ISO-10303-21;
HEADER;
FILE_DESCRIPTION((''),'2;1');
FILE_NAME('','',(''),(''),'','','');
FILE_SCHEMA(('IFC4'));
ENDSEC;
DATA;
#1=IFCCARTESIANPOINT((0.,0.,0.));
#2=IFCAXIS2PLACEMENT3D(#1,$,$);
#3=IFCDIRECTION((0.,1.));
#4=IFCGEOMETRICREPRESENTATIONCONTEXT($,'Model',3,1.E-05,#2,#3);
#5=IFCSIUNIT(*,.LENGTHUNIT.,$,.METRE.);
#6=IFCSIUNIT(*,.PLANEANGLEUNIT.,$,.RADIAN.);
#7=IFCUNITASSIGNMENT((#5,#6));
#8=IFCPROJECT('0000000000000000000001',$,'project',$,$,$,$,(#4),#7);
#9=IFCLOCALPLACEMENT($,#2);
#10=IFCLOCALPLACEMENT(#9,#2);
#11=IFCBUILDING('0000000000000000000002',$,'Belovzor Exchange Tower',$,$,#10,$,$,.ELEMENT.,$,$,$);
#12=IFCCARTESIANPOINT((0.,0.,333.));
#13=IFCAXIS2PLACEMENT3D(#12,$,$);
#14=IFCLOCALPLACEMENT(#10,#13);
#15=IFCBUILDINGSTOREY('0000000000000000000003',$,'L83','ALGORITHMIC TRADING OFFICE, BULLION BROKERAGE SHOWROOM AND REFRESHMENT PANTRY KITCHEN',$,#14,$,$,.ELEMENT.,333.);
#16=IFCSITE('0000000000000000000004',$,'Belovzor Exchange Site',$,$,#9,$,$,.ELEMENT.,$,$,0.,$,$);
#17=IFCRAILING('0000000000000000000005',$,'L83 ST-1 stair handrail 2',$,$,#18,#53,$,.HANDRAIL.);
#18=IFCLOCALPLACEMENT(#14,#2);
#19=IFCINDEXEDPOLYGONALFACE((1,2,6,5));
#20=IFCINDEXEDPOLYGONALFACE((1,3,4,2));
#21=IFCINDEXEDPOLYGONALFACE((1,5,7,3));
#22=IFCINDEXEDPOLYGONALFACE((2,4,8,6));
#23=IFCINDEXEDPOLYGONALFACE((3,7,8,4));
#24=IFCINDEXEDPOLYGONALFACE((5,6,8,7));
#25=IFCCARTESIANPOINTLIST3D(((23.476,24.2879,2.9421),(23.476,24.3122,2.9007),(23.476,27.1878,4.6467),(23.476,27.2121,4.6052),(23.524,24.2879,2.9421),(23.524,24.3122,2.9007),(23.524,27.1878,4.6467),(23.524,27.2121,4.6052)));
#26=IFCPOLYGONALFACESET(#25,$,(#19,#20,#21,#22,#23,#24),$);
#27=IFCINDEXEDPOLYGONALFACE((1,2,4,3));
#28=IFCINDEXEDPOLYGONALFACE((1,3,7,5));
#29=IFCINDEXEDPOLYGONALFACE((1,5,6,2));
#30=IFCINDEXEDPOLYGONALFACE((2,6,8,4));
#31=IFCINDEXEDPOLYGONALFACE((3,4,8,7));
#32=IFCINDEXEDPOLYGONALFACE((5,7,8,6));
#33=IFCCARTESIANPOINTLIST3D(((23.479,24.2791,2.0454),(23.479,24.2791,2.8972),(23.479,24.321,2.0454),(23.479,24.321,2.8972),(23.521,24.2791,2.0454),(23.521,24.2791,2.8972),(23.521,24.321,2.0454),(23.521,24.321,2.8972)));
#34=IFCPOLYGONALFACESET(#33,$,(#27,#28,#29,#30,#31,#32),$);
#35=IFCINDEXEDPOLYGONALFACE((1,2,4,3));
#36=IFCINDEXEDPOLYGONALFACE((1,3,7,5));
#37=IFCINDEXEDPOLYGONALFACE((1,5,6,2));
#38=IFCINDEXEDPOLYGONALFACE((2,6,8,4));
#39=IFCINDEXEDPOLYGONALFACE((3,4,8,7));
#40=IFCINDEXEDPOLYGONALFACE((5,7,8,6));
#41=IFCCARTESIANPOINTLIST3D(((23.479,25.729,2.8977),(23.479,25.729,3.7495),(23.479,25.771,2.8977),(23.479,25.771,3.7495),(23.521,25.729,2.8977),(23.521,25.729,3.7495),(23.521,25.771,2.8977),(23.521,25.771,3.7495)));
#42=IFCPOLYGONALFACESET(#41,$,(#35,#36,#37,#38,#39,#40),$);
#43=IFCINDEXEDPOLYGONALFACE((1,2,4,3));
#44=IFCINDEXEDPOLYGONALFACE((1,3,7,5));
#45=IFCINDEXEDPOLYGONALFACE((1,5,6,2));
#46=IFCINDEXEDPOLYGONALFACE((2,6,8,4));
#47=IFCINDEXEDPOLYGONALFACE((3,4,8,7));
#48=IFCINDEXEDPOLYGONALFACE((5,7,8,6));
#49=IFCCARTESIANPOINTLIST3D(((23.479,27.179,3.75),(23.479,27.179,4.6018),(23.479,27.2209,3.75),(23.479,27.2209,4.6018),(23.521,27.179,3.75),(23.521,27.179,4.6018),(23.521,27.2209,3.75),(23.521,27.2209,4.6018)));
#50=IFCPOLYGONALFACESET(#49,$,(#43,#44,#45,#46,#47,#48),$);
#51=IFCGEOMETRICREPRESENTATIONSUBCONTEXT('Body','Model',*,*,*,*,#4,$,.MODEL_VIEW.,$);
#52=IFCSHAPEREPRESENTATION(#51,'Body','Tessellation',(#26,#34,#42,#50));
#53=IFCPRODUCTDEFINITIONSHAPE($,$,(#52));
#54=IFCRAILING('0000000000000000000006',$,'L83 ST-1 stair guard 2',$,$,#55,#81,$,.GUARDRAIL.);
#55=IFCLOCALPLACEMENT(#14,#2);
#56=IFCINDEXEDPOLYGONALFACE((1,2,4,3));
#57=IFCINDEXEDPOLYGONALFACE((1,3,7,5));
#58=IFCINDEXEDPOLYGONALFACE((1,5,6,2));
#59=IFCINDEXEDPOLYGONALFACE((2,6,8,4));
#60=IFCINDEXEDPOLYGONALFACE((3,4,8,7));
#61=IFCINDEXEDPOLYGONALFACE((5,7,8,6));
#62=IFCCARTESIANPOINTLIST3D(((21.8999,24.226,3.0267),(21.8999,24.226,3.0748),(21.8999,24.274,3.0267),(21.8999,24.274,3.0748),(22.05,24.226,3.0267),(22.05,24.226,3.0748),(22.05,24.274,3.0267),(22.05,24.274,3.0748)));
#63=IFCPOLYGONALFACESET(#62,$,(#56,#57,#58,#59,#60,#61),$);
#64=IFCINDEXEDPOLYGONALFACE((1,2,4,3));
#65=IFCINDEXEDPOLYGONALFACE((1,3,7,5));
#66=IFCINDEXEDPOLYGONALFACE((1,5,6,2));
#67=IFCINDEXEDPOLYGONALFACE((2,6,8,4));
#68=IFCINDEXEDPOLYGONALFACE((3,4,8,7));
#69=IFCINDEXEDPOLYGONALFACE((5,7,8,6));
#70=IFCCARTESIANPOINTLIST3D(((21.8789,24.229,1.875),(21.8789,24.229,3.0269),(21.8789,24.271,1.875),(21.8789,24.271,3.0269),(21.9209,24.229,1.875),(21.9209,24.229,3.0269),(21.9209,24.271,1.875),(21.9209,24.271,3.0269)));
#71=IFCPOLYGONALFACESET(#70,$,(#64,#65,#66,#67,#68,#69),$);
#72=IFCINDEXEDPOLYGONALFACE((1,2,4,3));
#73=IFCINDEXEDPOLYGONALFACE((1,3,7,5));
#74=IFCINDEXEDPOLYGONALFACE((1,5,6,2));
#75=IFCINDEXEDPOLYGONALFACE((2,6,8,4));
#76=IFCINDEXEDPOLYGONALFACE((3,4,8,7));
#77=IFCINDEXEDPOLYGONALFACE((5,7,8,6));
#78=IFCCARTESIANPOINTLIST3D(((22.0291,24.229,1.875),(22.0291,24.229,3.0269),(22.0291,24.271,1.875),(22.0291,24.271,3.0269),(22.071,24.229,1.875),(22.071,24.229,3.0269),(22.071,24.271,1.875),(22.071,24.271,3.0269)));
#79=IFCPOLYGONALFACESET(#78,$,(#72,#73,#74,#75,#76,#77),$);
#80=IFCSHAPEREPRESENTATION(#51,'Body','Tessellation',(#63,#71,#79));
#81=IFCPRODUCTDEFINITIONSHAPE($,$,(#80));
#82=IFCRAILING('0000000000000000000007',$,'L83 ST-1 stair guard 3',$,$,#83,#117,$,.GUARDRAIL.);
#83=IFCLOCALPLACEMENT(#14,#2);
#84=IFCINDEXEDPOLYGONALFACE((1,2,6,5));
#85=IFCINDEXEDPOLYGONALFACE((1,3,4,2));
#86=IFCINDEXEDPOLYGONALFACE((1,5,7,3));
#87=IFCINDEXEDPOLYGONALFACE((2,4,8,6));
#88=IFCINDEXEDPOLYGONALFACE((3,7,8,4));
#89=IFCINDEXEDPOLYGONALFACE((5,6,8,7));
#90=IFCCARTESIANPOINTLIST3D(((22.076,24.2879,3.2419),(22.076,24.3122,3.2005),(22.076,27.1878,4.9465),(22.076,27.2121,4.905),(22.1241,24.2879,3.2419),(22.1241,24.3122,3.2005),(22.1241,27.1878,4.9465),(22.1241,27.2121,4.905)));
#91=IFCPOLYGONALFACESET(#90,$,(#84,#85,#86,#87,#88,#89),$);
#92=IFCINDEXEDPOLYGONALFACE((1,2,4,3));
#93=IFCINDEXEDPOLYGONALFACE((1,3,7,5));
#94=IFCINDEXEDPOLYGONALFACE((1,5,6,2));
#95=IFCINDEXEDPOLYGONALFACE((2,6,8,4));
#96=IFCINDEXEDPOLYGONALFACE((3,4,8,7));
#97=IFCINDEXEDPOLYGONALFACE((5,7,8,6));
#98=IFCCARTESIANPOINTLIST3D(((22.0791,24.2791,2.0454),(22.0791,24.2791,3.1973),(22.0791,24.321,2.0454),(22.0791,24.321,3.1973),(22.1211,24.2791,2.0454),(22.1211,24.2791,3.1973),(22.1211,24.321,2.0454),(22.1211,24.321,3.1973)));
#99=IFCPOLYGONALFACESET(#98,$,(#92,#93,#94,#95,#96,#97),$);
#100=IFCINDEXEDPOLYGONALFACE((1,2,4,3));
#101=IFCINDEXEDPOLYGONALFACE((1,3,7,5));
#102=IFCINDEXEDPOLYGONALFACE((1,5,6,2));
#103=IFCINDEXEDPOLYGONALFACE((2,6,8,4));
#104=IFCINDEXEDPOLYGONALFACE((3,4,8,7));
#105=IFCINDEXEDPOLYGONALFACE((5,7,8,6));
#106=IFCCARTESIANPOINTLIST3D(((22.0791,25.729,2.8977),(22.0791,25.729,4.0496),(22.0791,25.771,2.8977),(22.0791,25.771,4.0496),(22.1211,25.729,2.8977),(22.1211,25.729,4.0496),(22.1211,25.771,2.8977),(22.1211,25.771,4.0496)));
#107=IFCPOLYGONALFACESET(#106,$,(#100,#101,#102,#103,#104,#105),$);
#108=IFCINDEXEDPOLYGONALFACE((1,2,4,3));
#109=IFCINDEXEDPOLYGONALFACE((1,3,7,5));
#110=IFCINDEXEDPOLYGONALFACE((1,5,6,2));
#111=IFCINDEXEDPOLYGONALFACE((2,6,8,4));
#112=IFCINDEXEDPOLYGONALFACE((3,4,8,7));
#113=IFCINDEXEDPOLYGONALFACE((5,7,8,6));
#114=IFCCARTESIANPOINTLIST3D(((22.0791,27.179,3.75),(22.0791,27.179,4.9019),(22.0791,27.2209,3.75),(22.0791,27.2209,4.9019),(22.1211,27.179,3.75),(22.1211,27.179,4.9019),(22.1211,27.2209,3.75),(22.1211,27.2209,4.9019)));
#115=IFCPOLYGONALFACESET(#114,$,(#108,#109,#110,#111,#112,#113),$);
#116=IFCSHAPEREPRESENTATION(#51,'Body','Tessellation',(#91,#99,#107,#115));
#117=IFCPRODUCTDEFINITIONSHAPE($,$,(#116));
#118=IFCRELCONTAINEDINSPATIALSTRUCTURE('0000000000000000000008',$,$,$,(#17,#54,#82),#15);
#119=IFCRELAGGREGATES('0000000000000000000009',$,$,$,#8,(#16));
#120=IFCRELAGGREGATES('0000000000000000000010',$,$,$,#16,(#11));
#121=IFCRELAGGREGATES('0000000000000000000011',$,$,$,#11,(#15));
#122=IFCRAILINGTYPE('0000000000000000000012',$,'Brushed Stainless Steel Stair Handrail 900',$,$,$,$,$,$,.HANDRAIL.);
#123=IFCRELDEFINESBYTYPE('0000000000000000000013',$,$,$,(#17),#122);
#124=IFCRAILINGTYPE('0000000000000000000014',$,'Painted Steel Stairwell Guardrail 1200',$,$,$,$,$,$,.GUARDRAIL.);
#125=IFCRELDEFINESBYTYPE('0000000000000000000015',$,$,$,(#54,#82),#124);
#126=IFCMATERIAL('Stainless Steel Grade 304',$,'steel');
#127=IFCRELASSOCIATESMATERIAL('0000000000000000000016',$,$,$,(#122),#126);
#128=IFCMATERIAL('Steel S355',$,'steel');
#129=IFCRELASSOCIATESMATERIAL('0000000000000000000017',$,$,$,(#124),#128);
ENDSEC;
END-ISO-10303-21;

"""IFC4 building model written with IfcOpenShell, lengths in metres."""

from ifc_helpers import new_model, si_unit, direction, frame, origin, origin_2d, place, context, subcontext, project, spatial, rectangle, extrude, material, type_object, element, save


model = new_model("IFC4")

# Units and contexts
model_context = context("Model", 3, precision=1e-05, world=origin(), true_north=direction((0.0, 1.0)))
body_context = subcontext(model_context, "Body", "Model", "MODEL_VIEW")
ifc_project = project(units=[si_unit("LENGTHUNIT", "METRE"), si_unit("PLANEANGLEUNIT", "RADIAN")], contexts=[model_context])

# Site, building, storey
site_placement = place(None, origin())
site = spatial("IfcSite", under=ifc_project, at=site_placement, Name="Belovzor Exchange Site", CompositionType="ELEMENT", RefElevation=0.0)
building_placement = place(site_placement, origin())
building = spatial("IfcBuilding", under=site, at=building_placement, Name="Belovzor Exchange Tower", CompositionType="ELEMENT")
storey_placement = place(building_placement, frame((0.0, 0.0, 333.0)))
storey = spatial("IfcBuildingStorey", under=building, at=storey_placement, Name="L83", Description="ALGORITHMIC TRADING OFFICE, BULLION BROKERAGE SHOWROOM AND REFRESHMENT PANTRY KITCHEN", CompositionType="ELEMENT", Elevation=333.0)

# Railings
ifc_material_1 = material(Name="Stainless Steel Grade 304", Category="steel")
railing_type_1 = type_object("IfcRailingType", Name="Brushed Stainless Steel Stair Handrail 900", PredefinedType="HANDRAIL", material=ifc_material_1)
railing_1_placement = place(storey_placement, frame((23.5, 24.3, 2.0454)))
element("IfcRailing", 1, at=railing_1_placement, inside=storey, type_object=railing_type_1, Name="L83 ST-1 stair handrail 2", PredefinedType="HANDRAIL", context=body_context, shape_type="SweptSolid", body=[
    extrude(rectangle(XDim=0.0481, YDim=0.0481, at=origin_2d()), frame((0.0, 0.0, 0.876), z_axis=(0.0, 0.862095, 0.506747), x_axis=(-1.0, 0.0, 0.0)), (0.0, 0.0, 1.0), 3.3638),
    extrude(rectangle(XDim=0.042, YDim=0.042, at=origin_2d()), origin(), (0.0, 0.0, 1.0), 0.8518),
    extrude(rectangle(XDim=0.042, YDim=0.042, at=origin_2d()), frame((0.0, 1.45, 0.8523)), (0.0, 0.0, 1.0), 0.8518),
    extrude(rectangle(XDim=0.042, YDim=0.042, at=origin_2d()), frame((0.0, 2.8999, 1.7046)), (0.0, 0.0, 1.0), 0.8518),
])
ifc_material_2 = material(Name="Steel S355", Category="steel")
railing_type_2 = type_object("IfcRailingType", Name="Painted Steel Stairwell Guardrail 1200", PredefinedType="GUARDRAIL", material=ifc_material_2)
railing_2_placement = place(storey_placement, frame((21.8999, 24.25, 1.875)))
element("IfcRailing", 2, at=railing_2_placement, inside=storey, type_object=railing_type_2, Name="L83 ST-1 stair guard 2", PredefinedType="GUARDRAIL", context=body_context, shape_type="SweptSolid", body=[
    extrude(rectangle(XDim=0.0481, YDim=0.0481, at=origin_2d()), frame((0.0, 0.0, 1.1758), z_axis=(1.0, 0.0, 0.0), x_axis=(0.0, 1.0, 0.0)), (0.0, 0.0, 1.0), 0.1501),
    extrude(rectangle(XDim=0.042, YDim=0.042, at=origin_2d()), origin(), (0.0, 0.0, 1.0), 1.1519),
    extrude(rectangle(XDim=0.042, YDim=0.042, at=origin_2d()), frame((0.1501, 0.0, 0.0)), (0.0, 0.0, 1.0), 1.1519),
])
railing_3_placement = place(storey_placement, frame((22.1001, 24.3, 2.0454)))
element("IfcRailing", 3, at=railing_3_placement, inside=storey, type_object=railing_type_2, Name="L83 ST-1 stair guard 3", PredefinedType="GUARDRAIL", context=body_context, shape_type="SweptSolid", body=[
    extrude(rectangle(XDim=0.0481, YDim=0.0481, at=origin_2d()), frame((0.0, 0.0, 1.1758), z_axis=(0.0, 0.862095, 0.506747), x_axis=(-1.0, 0.0, 0.0)), (0.0, 0.0, 1.0), 3.3638),
    extrude(rectangle(XDim=0.042, YDim=0.042, at=origin_2d()), origin(), (0.0, 0.0, 1.0), 1.1519),
    extrude(rectangle(XDim=0.042, YDim=0.042, at=origin_2d()), frame((0.0, 1.45, 0.8523)), (0.0, 0.0, 1.0), 1.1519),
    extrude(rectangle(XDim=0.042, YDim=0.042, at=origin_2d()), frame((0.0, 2.8999, 1.7046)), (0.0, 0.0, 1.0), 1.1519),
])

save(model, "model.ifc")
